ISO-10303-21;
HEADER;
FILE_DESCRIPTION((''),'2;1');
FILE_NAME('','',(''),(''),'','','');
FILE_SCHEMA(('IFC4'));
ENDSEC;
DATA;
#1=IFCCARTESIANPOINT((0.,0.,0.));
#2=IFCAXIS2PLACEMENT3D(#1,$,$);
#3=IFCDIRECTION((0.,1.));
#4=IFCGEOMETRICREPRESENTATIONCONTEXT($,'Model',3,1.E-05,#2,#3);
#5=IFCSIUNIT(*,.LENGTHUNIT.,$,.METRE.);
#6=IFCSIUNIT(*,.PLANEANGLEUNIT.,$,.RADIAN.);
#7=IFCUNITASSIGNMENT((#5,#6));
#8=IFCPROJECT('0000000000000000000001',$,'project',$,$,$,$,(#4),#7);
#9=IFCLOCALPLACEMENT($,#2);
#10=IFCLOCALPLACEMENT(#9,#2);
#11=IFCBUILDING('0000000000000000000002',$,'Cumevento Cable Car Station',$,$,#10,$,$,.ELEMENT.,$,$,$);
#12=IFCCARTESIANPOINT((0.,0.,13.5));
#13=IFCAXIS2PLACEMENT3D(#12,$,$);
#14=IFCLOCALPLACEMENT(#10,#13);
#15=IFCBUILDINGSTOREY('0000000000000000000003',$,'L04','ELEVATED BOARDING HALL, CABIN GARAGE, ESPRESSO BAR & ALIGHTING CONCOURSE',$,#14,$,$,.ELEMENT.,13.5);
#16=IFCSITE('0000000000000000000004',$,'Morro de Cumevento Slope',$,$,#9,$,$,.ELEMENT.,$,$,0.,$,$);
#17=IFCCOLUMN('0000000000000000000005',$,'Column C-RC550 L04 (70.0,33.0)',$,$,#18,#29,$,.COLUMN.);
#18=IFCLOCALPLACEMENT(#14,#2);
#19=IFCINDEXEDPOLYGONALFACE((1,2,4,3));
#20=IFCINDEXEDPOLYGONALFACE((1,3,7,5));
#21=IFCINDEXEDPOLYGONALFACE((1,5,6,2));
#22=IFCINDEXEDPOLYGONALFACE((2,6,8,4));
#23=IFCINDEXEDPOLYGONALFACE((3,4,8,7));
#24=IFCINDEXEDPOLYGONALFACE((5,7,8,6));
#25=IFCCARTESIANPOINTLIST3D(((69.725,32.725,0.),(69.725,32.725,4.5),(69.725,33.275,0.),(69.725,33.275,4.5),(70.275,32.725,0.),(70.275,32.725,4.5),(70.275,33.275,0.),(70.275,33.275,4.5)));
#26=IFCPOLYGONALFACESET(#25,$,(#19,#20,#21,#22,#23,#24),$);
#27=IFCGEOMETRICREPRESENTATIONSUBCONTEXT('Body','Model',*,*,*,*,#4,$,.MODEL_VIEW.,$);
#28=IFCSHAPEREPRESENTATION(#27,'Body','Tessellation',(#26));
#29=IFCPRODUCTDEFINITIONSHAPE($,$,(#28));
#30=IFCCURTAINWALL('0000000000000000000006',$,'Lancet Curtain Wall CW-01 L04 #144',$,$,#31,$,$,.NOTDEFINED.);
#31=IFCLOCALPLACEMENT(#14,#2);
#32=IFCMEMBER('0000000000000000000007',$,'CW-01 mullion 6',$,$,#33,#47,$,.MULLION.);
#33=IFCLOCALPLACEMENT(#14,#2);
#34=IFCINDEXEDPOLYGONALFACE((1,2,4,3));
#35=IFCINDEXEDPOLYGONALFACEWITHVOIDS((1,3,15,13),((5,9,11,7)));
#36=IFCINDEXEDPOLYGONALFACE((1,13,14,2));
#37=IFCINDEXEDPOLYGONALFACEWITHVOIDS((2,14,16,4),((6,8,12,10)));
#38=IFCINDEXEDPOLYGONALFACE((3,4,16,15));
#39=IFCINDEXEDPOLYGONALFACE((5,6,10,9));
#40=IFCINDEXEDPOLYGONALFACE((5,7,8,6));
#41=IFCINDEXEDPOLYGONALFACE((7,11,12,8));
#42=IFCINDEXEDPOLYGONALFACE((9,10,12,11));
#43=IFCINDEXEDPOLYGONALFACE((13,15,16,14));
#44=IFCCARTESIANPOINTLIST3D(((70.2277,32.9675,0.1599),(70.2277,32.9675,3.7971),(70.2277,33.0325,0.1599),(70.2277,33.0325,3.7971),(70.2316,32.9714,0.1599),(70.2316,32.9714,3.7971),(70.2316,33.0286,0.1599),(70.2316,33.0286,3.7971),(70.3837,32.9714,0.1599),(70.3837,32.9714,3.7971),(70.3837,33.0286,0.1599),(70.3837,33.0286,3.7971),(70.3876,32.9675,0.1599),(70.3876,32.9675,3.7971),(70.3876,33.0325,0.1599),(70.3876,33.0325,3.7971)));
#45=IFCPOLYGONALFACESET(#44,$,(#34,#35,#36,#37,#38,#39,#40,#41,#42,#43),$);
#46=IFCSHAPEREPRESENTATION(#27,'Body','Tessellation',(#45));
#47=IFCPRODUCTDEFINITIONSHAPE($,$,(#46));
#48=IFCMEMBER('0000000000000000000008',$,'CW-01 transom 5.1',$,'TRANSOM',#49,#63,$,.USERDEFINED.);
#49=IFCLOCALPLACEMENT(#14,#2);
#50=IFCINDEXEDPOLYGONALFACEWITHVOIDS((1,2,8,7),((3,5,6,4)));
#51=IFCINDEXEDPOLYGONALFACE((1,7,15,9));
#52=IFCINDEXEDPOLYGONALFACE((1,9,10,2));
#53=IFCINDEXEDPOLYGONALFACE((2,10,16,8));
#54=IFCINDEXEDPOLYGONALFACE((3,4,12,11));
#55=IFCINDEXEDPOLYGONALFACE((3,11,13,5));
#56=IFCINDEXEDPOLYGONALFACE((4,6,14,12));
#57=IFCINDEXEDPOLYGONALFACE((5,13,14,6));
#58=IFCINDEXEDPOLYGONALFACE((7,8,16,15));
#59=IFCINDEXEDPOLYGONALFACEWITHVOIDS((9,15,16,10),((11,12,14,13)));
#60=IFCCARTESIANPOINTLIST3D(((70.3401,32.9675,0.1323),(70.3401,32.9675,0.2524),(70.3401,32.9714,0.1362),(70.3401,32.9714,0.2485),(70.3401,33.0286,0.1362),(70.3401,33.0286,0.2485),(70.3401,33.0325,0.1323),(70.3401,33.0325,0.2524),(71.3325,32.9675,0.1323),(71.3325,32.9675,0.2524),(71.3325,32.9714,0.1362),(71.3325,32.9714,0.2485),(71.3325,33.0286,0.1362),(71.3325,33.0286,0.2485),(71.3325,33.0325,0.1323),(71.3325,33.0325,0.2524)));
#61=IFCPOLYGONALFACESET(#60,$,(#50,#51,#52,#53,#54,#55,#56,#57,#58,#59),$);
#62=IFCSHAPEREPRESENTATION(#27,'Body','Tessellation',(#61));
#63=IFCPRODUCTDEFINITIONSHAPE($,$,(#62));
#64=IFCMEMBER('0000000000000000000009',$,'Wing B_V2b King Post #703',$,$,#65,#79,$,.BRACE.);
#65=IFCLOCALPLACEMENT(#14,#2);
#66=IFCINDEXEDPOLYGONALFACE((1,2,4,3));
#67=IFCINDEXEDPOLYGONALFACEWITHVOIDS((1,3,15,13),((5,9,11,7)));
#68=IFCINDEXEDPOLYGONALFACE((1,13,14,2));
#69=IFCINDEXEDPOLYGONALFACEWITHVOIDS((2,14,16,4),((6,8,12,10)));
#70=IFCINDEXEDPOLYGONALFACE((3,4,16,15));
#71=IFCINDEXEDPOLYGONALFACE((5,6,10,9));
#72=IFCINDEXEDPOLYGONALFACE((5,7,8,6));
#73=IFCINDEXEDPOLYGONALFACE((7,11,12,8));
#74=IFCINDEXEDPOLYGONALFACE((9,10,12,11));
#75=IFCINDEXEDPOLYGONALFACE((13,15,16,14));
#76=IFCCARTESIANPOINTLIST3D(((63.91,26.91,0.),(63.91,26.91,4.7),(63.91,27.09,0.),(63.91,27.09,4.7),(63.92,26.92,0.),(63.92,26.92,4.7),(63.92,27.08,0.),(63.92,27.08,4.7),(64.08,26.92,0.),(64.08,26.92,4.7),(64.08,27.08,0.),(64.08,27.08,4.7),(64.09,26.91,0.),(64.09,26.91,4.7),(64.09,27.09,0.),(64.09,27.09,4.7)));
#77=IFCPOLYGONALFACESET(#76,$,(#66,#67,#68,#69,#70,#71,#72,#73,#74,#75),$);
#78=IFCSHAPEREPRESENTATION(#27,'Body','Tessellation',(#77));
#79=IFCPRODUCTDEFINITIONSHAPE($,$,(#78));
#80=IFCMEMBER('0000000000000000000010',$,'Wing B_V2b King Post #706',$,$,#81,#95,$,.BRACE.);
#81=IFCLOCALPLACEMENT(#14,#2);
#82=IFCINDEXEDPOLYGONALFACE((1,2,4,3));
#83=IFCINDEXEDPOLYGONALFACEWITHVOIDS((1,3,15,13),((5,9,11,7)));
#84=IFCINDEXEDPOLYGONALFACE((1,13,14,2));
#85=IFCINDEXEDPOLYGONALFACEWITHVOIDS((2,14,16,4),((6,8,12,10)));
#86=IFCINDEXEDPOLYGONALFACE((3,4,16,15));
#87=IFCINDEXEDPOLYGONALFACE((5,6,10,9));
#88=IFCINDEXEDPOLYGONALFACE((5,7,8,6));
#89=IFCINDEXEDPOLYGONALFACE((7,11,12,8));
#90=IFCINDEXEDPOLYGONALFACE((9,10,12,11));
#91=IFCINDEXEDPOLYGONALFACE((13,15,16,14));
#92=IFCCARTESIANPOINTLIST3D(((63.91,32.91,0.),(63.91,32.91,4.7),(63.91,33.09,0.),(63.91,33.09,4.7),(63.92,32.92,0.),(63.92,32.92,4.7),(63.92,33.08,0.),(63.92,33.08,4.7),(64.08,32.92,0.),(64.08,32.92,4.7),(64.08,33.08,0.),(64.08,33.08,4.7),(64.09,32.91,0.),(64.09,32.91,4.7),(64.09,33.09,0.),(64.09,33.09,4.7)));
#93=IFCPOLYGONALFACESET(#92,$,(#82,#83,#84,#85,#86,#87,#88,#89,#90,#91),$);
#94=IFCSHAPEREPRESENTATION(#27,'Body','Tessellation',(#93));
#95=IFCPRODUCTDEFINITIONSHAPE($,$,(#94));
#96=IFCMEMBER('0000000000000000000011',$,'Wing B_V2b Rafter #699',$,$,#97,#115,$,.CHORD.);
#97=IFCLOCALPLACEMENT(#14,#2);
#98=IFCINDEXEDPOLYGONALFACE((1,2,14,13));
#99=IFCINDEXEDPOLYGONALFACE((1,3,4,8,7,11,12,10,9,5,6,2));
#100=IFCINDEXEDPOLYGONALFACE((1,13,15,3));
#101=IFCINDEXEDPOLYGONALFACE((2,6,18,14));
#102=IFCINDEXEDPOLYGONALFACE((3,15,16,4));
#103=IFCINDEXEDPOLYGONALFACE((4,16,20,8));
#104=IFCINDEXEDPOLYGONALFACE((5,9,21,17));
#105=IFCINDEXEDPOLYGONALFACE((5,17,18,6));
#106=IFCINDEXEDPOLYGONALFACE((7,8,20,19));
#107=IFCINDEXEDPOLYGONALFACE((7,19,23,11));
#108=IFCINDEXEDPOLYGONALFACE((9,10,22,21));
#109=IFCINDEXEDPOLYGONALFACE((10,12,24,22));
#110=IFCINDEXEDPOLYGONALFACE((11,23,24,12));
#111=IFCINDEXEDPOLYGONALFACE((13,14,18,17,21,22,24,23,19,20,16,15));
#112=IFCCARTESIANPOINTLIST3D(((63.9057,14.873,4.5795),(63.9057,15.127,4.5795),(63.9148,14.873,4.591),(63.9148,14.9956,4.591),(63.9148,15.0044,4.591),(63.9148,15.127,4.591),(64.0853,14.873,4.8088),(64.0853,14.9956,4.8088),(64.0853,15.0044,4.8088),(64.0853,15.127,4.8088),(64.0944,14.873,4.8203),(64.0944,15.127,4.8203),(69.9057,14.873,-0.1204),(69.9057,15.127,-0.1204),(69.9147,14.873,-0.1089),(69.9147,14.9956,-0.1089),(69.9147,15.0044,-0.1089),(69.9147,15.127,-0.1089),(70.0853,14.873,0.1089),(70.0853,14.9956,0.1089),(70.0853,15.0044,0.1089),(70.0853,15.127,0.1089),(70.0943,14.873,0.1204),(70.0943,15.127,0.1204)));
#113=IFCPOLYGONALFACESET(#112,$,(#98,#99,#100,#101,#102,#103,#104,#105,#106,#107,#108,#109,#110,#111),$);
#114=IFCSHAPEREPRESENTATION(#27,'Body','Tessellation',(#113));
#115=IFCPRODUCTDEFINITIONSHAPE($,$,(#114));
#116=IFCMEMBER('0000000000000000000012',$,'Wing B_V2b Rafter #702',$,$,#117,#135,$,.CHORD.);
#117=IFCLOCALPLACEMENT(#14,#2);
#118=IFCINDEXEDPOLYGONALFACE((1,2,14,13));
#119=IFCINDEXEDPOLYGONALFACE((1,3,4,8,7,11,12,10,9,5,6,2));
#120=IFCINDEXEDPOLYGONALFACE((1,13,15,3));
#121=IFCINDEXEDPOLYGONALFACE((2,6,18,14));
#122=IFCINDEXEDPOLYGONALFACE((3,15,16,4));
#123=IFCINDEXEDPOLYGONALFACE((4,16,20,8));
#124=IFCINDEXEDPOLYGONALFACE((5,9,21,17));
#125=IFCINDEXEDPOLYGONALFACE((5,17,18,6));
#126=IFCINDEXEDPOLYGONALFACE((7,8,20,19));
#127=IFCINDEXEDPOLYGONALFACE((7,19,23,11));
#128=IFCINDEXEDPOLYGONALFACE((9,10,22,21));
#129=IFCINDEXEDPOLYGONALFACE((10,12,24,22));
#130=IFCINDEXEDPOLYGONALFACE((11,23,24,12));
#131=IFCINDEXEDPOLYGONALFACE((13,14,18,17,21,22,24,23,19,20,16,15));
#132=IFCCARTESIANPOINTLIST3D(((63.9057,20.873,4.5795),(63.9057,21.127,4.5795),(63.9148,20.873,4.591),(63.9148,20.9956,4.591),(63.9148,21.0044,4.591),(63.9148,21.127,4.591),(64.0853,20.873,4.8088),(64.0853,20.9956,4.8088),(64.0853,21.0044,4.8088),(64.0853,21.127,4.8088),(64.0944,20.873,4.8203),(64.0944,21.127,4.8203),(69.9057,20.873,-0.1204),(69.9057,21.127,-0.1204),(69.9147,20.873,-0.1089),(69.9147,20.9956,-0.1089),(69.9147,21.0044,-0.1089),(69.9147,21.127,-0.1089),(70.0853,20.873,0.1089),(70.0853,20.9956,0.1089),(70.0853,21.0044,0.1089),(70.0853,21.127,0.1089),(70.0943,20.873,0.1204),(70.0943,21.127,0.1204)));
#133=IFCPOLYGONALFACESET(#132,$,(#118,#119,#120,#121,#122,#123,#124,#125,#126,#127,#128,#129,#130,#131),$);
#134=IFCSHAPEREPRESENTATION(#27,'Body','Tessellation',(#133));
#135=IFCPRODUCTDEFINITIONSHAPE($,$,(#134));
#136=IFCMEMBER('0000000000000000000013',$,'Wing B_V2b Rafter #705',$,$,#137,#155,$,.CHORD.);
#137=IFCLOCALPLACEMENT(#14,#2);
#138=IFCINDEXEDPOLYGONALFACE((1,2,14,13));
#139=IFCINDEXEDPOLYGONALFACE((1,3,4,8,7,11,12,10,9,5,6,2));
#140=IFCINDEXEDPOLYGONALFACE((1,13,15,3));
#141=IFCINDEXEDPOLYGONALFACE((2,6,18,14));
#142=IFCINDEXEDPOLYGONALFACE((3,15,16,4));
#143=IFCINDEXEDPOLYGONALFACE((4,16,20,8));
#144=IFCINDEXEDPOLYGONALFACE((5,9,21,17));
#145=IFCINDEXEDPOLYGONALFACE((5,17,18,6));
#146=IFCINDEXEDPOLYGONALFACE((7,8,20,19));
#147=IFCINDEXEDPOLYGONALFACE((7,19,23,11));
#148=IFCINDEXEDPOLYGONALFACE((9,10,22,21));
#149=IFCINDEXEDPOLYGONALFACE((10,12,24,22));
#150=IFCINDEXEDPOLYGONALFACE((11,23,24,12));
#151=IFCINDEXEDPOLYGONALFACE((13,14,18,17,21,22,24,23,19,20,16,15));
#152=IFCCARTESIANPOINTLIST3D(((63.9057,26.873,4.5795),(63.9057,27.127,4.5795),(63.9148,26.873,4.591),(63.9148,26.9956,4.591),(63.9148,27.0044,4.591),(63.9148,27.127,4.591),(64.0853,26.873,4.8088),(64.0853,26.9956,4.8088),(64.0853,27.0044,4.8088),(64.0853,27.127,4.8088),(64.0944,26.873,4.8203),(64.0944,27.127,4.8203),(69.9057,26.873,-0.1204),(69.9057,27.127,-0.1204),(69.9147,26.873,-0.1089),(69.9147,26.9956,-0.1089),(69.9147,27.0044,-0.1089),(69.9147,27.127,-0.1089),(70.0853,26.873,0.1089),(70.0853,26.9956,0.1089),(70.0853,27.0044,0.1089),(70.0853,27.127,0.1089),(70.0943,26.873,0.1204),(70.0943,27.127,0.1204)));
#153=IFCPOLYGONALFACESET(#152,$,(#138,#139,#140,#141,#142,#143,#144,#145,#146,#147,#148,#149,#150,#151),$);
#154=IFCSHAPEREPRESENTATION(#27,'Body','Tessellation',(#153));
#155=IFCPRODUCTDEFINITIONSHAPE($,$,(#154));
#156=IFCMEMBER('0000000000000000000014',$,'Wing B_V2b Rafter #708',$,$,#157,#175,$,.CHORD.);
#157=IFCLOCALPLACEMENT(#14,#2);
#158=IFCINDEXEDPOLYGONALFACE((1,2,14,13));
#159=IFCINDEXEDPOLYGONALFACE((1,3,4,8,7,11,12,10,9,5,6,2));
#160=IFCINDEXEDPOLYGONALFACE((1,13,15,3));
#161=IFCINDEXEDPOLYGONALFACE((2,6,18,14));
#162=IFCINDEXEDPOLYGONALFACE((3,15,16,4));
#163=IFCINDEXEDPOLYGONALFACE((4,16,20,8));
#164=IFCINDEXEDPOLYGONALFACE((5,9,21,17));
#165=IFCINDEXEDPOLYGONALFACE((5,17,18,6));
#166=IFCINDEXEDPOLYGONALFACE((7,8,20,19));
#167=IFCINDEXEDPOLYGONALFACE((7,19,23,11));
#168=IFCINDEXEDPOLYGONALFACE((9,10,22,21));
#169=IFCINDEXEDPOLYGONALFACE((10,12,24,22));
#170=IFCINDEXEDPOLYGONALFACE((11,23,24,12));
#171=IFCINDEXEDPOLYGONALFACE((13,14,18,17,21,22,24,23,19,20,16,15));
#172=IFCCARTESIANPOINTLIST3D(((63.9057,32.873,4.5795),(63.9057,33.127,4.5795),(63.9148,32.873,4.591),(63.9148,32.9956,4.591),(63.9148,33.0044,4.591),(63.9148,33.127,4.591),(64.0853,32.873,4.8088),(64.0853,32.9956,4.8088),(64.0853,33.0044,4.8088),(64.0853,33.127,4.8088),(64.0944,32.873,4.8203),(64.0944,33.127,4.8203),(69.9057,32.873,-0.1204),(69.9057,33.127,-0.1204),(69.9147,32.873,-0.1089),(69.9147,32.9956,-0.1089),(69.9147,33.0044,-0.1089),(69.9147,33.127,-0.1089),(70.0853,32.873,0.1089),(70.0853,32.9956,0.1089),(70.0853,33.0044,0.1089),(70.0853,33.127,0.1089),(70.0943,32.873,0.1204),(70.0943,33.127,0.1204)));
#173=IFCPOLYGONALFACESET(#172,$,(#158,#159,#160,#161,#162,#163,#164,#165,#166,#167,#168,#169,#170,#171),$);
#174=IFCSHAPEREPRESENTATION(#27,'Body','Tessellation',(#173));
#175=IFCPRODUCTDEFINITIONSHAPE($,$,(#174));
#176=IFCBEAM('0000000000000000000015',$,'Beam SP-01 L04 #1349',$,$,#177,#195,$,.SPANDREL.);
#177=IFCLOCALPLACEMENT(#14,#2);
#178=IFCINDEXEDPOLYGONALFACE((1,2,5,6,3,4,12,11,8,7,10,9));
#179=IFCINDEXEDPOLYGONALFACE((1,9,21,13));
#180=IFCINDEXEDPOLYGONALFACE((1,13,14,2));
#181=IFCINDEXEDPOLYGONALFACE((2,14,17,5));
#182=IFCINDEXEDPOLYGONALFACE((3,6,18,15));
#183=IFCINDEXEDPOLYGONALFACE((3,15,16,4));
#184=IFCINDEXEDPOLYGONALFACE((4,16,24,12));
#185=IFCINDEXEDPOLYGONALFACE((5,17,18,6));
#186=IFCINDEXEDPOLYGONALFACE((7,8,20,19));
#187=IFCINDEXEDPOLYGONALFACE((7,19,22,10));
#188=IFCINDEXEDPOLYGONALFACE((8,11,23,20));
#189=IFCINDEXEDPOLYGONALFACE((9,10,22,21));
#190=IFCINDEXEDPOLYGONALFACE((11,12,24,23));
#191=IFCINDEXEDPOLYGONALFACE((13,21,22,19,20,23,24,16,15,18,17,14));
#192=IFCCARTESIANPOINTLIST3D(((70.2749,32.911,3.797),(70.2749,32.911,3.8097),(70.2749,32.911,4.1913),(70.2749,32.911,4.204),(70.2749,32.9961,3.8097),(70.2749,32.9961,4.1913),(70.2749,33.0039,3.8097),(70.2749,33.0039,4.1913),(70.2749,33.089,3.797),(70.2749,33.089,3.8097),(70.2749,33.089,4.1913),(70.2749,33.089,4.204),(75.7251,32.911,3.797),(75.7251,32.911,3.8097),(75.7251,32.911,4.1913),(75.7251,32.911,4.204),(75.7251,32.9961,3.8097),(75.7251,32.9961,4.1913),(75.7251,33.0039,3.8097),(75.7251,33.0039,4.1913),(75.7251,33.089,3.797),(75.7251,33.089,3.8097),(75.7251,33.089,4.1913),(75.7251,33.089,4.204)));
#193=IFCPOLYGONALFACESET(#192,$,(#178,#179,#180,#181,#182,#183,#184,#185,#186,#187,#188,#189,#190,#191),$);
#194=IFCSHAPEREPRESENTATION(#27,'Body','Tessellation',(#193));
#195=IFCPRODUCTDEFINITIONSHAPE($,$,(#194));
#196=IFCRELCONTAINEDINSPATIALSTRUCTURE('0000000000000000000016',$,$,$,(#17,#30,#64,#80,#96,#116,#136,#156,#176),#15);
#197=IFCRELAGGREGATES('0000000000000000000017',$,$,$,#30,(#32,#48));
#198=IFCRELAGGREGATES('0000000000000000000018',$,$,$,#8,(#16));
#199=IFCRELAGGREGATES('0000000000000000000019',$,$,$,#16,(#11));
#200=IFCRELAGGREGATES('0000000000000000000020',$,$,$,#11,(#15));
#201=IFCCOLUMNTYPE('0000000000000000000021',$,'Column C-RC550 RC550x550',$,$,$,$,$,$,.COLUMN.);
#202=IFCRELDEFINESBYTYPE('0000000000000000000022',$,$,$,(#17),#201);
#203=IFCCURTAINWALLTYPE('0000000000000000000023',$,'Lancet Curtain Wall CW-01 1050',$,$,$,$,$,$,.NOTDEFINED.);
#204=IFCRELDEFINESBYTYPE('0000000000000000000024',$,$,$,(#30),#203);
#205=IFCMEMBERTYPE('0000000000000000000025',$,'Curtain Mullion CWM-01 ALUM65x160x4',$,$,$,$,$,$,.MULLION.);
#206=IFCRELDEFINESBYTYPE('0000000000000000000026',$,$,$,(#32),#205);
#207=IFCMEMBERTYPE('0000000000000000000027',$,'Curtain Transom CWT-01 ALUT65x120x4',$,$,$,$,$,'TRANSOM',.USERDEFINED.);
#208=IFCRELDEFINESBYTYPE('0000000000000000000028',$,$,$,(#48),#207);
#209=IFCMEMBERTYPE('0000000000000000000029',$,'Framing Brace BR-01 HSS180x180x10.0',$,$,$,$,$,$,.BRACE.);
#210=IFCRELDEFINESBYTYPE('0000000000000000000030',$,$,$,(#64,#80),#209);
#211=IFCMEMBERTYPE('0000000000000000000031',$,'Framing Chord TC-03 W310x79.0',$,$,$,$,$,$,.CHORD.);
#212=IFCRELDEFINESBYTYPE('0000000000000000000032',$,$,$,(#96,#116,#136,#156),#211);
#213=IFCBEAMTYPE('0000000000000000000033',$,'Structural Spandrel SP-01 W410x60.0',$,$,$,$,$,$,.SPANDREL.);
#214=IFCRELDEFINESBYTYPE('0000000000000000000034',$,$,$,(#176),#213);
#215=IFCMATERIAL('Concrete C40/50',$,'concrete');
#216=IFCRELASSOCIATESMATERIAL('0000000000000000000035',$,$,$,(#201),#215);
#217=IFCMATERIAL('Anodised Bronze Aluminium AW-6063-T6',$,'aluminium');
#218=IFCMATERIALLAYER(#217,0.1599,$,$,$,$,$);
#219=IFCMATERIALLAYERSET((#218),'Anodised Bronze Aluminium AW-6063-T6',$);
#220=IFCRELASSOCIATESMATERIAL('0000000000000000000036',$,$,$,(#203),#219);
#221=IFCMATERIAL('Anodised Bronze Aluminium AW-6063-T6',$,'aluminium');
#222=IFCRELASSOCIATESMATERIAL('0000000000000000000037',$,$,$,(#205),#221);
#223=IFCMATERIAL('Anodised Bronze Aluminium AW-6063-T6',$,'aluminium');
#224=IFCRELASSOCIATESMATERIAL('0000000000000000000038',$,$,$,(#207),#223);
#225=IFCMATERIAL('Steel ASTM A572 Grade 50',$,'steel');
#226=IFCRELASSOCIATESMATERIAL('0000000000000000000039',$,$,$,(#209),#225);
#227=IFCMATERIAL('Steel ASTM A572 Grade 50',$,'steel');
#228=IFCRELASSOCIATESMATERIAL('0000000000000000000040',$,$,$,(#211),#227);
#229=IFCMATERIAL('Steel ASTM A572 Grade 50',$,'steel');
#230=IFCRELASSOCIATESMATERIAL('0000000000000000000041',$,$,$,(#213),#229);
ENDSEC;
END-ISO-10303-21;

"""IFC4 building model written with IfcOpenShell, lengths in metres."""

from ifc_helpers import new_model, si_unit, direction, frame, origin, origin_2d, place, context, subcontext, project, spatial, rectangle, hollow_rectangle, i_section, extrude, material, layer, layer_set, material_profile, profile_set, type_object, element, aggregate, save


model = new_model("IFC4")

# Units and contexts
model_context = context("Model", 3, precision=1e-05, world=origin(), true_north=direction((0.0, 1.0)))
body_context = subcontext(model_context, "Body", "Model", "MODEL_VIEW")
ifc_project = project(units=[si_unit("LENGTHUNIT", "METRE"), si_unit("PLANEANGLEUNIT", "RADIAN")], contexts=[model_context])

# Site, building, storey
site_placement = place(None, origin())
site = spatial("IfcSite", under=ifc_project, at=site_placement, Name="Morro de Cumevento Slope", CompositionType="ELEMENT", RefElevation=0.0)
building_placement = place(site_placement, origin())
building = spatial("IfcBuilding", under=site, at=building_placement, Name="Cumevento Cable Car Station", CompositionType="ELEMENT")
storey_placement = place(building_placement, frame((0.0, 0.0, 13.5)))
storey = spatial("IfcBuildingStorey", under=building, at=storey_placement, Name="L04", Description="ELEVATED BOARDING HALL, CABIN GARAGE, ESPRESSO BAR & ALIGHTING CONCOURSE", CompositionType="ELEMENT", Elevation=13.5)

# Column
ifc_material_1 = material(Name="Concrete C40/50", Category="concrete")
ifc_material_profile_1 = material_profile(ifc_material_1, rectangle(XDim=0.55, YDim=0.55, at=origin_2d()), Name="RC550x550")
ifc_profile_set_1 = profile_set([ifc_material_profile_1], Name="Concrete C40/50")
column_type = type_object("IfcColumnType", Name="Column C-RC550 RC550x550", PredefinedType="COLUMN", material=ifc_profile_set_1)
column_placement = place(storey_placement, frame((70.0, 33.0, 0.0), z_axis=(0.0, 0.0, 1.0), x_axis=(1.0, 0.0, 0.0)))
element("IfcColumn", 1, at=column_placement, inside=storey, type_object=column_type, Name="Column C-RC550 L04 (70.0,33.0)", PredefinedType="COLUMN", context=body_context, shape_type="SweptSolid", body=[
    extrude(rectangle(XDim=0.55, YDim=0.55, at=origin_2d()), origin(), (0.0, 0.0, 1.0), 4.5),
])

# Curtain wall, members
ifc_material_2 = material(Name="Anodised Bronze Aluminium AW-6063-T6", Category="aluminium")
ifc_layer_1 = layer(ifc_material_2, 0.1599)
ifc_layer_set_1 = layer_set([ifc_layer_1], Name="Anodised Bronze Aluminium AW-6063-T6")
curtain_wall_type = type_object("IfcCurtainWallType", Name="Lancet Curtain Wall CW-01 1050", PredefinedType="NOTDEFINED", material=ifc_layer_set_1)
curtain_wall_placement = place(storey_placement, origin())
curtain_wall = element("IfcCurtainWall", 2, at=curtain_wall_placement, inside=storey, type_object=curtain_wall_type, Name="Lancet Curtain Wall CW-01 L04 #144", PredefinedType="NOTDEFINED")
ifc_material_3 = material(Name="Anodised Bronze Aluminium AW-6063-T6", Category="aluminium")
ifc_material_profile_2 = material_profile(ifc_material_3, hollow_rectangle(XDim=0.0649, YDim=0.1599, WallThickness=0.0039, at=origin_2d()), Name="ALUM65x160x4")
ifc_profile_set_2 = profile_set([ifc_material_profile_2], Name="Anodised Bronze Aluminium AW-6063-T6")
member_type_1 = type_object("IfcMemberType", Name="Curtain Mullion CWM-01 ALUM65x160x4", PredefinedType="MULLION", material=ifc_profile_set_2)
member_1_placement = place(storey_placement, frame((70.3076, 33.0, 0.1599), z_axis=(0.0, 0.0, 1.0), x_axis=(0.0, -1.0, 0.0)))
member_1 = element("IfcMember", 3, at=member_1_placement, type_object=member_type_1, Name="CW-01 mullion 6", PredefinedType="MULLION", context=body_context, shape_type="SweptSolid", body=[
    extrude(hollow_rectangle(XDim=0.0649, YDim=0.1599, WallThickness=0.0039, at=origin_2d()), origin(), (0.0, 0.0, 1.0), 3.6372),
])
ifc_material_4 = material(Name="Anodised Bronze Aluminium AW-6063-T6", Category="aluminium")
ifc_material_profile_3 = material_profile(ifc_material_4, hollow_rectangle(XDim=0.0649, YDim=0.1201, WallThickness=0.0039, at=origin_2d()), Name="ALUT65x120x4")
ifc_profile_set_3 = profile_set([ifc_material_profile_3], Name="Anodised Bronze Aluminium AW-6063-T6")
member_type_2 = type_object("IfcMemberType", Name="Curtain Transom CWT-01 ALUT65x120x4", ElementType="TRANSOM", PredefinedType="USERDEFINED", material=ifc_profile_set_3)
member_2_placement = place(storey_placement, frame((71.3325, 33.0, 0.1924), z_axis=(-1.0, 0.0, 0.0), x_axis=(0.0, -1.0, 0.0)))
member_2 = element("IfcMember", 4, at=member_2_placement, type_object=member_type_2, Name="CW-01 transom 5.1", ObjectType="TRANSOM", PredefinedType="USERDEFINED", context=body_context, shape_type="SweptSolid", body=[
    extrude(hollow_rectangle(XDim=0.0649, YDim=0.1201, WallThickness=0.0039, at=origin_2d()), origin(), (0.0, 0.0, 1.0), 0.9924),
])

# Members
ifc_material_5 = material(Name="Steel ASTM A572 Grade 50", Category="steel")
ifc_material_profile_4 = material_profile(ifc_material_5, hollow_rectangle(XDim=0.1799, YDim=0.1799, WallThickness=0.01, at=origin_2d()), Name="HSS180x180x10.0")
ifc_profile_set_4 = profile_set([ifc_material_profile_4], Name="Steel ASTM A572 Grade 50")
member_type_3 = type_object("IfcMemberType", Name="Framing Brace BR-01 HSS180x180x10.0", PredefinedType="BRACE", material=ifc_profile_set_4)
for number, where, z_axis, x_axis, name in (
    (5, (64.0, 27.0, 0.0), (0.0, 0.0, 1.0), (1.0, 0.0, 0.0), "Wing B_V2b King Post #703"),
    (6, (64.0, 33.0, 0.0), (0.0, 0.0, 1.0), (1.0, 0.0, 0.0), "Wing B_V2b King Post #706"),
):
    element("IfcMember", number, at=place(storey_placement, frame(where, z_axis=z_axis, x_axis=x_axis)), inside=storey, type_object=member_type_3, Name=name, PredefinedType="BRACE", context=body_context, shape_type="SweptSolid", body=[
        extrude(hollow_rectangle(XDim=0.1799, YDim=0.1799, WallThickness=0.01, at=origin_2d()), origin(), (0.0, 0.0, 1.0), 4.7),
    ])
ifc_material_6 = material(Name="Steel ASTM A572 Grade 50", Category="steel")
ifc_material_profile_5 = material_profile(ifc_material_6, i_section(OverallWidth=0.2539, OverallDepth=0.3059, WebThickness=0.0088, FlangeThickness=0.0146, at=origin_2d()), Name="W310x79.0")
ifc_profile_set_5 = profile_set([ifc_material_profile_5], Name="Steel ASTM A572 Grade 50")
member_type_4 = type_object("IfcMemberType", Name="Framing Chord TC-03 W310x79.0", PredefinedType="CHORD", material=ifc_profile_set_5)
for number, where, z_axis, x_axis, name in (
    (7, (70.0, 15.0, 0.0), (-0.787231, 0.0, 0.616658), (0.0, -1.0, 0.0), "Wing B_V2b Rafter #699"),
    (8, (70.0, 21.0, 0.0), (-0.787231, 0.0, 0.616658), (0.0, -1.0, 0.0), "Wing B_V2b Rafter #702"),
    (9, (70.0, 27.0, 0.0), (-0.787231, 0.0, 0.616658), (0.0, -1.0, 0.0), "Wing B_V2b Rafter #705"),
    (10, (70.0, 33.0, 0.0), (-0.787231, 0.0, 0.616658), (0.0, -1.0, 0.0), "Wing B_V2b Rafter #708"),
):
    element("IfcMember", number, at=place(storey_placement, frame(where, z_axis=z_axis, x_axis=x_axis)), inside=storey, type_object=member_type_4, Name=name, PredefinedType="CHORD", context=body_context, shape_type="SweptSolid", body=[
        extrude(i_section(OverallWidth=0.2539, OverallDepth=0.3059, WebThickness=0.0088, FlangeThickness=0.0146, at=origin_2d()), origin(), (0.0, 0.0, 1.0), 7.6216),
    ])

# Beam
ifc_material_7 = material(Name="Steel ASTM A572 Grade 50", Category="steel")
ifc_material_profile_6 = material_profile(ifc_material_7, i_section(OverallWidth=0.178, OverallDepth=0.407, WebThickness=0.0078, FlangeThickness=0.0127, at=origin_2d()), Name="W410x60.0")
ifc_profile_set_6 = profile_set([ifc_material_profile_6], Name="Steel ASTM A572 Grade 50")
beam_type = type_object("IfcBeamType", Name="Structural Spandrel SP-01 W410x60.0", PredefinedType="SPANDREL", material=ifc_profile_set_6)
beam_placement = place(storey_placement, frame((70.2749, 33.0, 4.0005), z_axis=(1.0, 0.0, 0.0), x_axis=(0.0, 1.0, 0.0)))
element("IfcBeam", 11, at=beam_placement, inside=storey, type_object=beam_type, Name="Beam SP-01 L04 #1349", PredefinedType="SPANDREL", context=body_context, shape_type="SweptSolid", body=[
    extrude(i_section(OverallWidth=0.178, OverallDepth=0.407, WebThickness=0.0078, FlangeThickness=0.0127, at=origin_2d()), origin(), (0.0, 0.0, 1.0), 5.4502),
])

aggregate(curtain_wall, [member_1, member_2])

save(model, "model.ifc")
